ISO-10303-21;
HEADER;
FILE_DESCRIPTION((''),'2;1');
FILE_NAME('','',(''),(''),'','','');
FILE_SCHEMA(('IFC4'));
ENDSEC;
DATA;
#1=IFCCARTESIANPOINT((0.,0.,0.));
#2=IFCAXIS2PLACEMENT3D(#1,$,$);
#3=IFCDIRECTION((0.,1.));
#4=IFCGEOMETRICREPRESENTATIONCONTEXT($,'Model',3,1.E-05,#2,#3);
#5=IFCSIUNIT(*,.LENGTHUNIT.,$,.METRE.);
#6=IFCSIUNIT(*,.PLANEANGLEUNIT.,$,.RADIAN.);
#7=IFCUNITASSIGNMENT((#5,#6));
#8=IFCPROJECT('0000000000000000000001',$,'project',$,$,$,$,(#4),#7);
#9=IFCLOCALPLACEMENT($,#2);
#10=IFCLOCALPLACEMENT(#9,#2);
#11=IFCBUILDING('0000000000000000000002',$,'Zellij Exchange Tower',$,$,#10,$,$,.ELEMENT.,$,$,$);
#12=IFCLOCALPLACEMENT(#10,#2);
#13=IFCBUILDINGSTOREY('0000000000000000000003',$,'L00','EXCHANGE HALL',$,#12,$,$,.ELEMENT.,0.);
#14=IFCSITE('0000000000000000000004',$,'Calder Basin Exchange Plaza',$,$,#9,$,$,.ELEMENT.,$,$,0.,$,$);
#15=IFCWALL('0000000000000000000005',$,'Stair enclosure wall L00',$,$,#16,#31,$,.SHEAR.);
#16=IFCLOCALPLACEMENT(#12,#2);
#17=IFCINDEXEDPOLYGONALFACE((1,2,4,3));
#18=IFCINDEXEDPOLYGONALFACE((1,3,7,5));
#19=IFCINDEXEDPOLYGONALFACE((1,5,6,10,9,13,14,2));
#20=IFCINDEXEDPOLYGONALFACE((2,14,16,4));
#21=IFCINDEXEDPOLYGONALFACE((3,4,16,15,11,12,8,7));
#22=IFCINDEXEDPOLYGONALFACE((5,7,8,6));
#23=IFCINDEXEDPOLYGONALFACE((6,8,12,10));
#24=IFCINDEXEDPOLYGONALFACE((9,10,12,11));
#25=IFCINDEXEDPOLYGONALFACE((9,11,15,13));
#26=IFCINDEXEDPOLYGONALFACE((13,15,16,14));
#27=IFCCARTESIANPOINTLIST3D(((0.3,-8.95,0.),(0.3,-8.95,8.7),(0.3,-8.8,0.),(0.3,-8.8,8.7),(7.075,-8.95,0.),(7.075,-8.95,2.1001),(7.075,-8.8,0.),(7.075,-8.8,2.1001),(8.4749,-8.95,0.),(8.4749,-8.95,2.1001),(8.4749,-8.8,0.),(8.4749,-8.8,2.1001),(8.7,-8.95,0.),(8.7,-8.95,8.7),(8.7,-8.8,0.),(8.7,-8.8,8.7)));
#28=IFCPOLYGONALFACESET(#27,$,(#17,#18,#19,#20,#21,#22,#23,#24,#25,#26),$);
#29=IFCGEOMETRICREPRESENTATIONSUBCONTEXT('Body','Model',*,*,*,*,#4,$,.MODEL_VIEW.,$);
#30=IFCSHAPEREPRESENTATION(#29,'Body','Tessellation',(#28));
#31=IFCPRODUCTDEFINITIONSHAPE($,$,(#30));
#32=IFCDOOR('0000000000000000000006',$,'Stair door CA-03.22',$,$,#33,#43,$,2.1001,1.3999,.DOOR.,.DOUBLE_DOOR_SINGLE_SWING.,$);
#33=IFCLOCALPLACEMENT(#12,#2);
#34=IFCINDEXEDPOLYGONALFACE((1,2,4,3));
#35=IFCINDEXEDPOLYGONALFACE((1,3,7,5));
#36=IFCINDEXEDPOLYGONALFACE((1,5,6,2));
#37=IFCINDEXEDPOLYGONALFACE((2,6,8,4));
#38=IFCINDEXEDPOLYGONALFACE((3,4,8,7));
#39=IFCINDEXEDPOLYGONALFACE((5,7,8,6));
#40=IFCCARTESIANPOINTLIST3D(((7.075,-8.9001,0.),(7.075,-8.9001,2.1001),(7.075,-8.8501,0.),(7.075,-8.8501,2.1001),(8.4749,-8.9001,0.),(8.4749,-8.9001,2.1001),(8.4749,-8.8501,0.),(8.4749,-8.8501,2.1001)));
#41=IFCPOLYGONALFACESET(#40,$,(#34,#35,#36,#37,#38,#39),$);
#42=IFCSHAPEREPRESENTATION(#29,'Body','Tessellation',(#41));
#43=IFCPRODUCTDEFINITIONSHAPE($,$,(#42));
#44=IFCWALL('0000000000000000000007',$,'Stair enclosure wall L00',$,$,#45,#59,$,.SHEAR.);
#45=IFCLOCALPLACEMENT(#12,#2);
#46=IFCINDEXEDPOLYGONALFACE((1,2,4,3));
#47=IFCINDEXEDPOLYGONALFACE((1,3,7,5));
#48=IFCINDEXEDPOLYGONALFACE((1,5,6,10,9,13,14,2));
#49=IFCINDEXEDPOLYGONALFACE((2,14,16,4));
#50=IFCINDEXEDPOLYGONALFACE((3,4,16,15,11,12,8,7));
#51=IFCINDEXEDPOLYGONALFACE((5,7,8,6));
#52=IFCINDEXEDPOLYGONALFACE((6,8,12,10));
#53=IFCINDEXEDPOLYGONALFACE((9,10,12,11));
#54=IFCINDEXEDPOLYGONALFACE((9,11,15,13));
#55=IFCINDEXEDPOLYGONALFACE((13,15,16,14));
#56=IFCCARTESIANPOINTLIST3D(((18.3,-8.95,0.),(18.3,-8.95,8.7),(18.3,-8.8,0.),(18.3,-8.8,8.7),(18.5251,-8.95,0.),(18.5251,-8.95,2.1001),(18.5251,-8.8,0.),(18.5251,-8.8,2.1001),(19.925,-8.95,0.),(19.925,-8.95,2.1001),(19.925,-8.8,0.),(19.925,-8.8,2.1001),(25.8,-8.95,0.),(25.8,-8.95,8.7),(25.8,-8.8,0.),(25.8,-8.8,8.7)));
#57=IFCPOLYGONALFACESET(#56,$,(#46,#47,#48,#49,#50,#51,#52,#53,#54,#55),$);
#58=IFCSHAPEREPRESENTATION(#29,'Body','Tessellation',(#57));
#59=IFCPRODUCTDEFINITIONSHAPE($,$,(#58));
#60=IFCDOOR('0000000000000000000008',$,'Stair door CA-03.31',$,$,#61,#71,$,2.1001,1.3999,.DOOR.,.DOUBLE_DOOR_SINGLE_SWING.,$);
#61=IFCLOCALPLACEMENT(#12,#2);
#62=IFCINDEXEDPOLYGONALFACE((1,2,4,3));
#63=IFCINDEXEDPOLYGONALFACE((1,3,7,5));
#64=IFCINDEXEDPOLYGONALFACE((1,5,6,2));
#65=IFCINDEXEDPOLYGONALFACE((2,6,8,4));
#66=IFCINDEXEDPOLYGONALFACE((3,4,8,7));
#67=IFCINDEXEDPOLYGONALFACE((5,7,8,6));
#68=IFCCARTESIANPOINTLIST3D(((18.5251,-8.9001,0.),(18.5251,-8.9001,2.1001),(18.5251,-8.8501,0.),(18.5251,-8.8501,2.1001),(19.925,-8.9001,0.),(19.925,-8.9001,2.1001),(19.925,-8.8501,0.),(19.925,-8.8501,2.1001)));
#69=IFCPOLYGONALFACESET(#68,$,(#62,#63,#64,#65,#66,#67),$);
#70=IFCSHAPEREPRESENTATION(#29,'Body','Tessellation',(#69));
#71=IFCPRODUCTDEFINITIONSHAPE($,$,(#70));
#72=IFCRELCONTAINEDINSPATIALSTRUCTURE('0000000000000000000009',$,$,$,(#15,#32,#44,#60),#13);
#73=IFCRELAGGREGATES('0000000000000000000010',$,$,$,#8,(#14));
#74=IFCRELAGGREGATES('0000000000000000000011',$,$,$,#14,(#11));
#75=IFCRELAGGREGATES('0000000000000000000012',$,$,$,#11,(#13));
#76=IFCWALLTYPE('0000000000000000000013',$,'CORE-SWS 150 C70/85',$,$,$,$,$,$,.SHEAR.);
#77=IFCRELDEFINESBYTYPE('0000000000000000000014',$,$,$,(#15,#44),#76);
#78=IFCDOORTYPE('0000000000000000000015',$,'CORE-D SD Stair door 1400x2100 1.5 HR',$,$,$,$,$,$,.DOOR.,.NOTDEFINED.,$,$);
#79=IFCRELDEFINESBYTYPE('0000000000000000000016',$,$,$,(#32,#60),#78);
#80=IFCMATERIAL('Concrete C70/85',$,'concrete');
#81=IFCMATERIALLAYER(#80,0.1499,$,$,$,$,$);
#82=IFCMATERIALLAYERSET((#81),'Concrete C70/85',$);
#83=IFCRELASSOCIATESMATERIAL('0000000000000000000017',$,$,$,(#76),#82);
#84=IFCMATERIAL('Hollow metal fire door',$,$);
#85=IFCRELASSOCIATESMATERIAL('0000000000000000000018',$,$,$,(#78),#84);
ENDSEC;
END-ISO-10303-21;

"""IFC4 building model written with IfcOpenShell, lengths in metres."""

from ifc_helpers import new_model, si_unit, direction, frame, frame_2d, origin, place, context, subcontext, project, spatial, rectangle, extrude, material, layer, layer_set, type_object, element, fill, save


model = new_model("IFC4")

# Units and contexts
model_context = context("Model", 3, precision=1e-05, world=origin(), true_north=direction((0.0, 1.0)))
body_context = subcontext(model_context, "Body", "Model", "MODEL_VIEW")
ifc_project = project(units=[si_unit("LENGTHUNIT", "METRE"), si_unit("PLANEANGLEUNIT", "RADIAN")], contexts=[model_context])

# Site, building, storey
site_placement = place(None, origin())
site = spatial("IfcSite", under=ifc_project, at=site_placement, Name="Calder Basin Exchange Plaza", CompositionType="ELEMENT", RefElevation=0.0)
building_placement = place(site_placement, origin())
building = spatial("IfcBuilding", under=site, at=building_placement, Name="Zellij Exchange Tower", CompositionType="ELEMENT")
storey_placement = place(building_placement, origin())
storey = spatial("IfcBuildingStorey", under=building, at=storey_placement, Name="L00", Description="EXCHANGE HALL", CompositionType="ELEMENT", Elevation=0.0)

# Shared definitions
ifc_material_1 = material(Name="Concrete C70/85", Category="concrete")

# Shared definitions
ifc_material_2 = material(Name="Hollow metal fire door")

# Walls, openings, doors
ifc_layer_1 = layer(ifc_material_1, 0.1499)
ifc_layer_set_1 = layer_set([ifc_layer_1], Name="Concrete C70/85")
wall_type_1 = type_object("IfcWallType", Name="CORE-SWS 150 C70/85", PredefinedType="SHEAR", material=ifc_layer_set_1)
wall_1_placement = place(storey_placement, frame((0.3, -8.875, 0.0), z_axis=(0.0, 0.0, 1.0), x_axis=(1.0, 0.0, 0.0)))
wall_1 = element("IfcWall", 1, at=wall_1_placement, inside=storey, type_object=wall_type_1, Name="Stair enclosure wall L00", PredefinedType="SHEAR", context=body_context, shape_type="SweptSolid", body=[
    extrude(rectangle(XDim=8.3999, YDim=0.1499, at=frame_2d((4.2, 0.0))), origin(), (0.0, 0.0, 1.0), 8.7),
])
opening_1_placement = place(wall_1_placement, frame((6.7749, 0.0, 0.0)))
opening_1 = element("IfcOpeningElement", 2, at=opening_1_placement, cuts=wall_1, PredefinedType="OPENING", context=body_context, shape_type="SweptSolid", body=[
    extrude(rectangle(XDim=1.3999, YDim=2.1001, at=frame_2d((0.7, 1.05))), frame((0.0, 0.0869, 0.0), z_axis=(0.0, -1.0, 0.0), x_axis=(1.0, 0.0, 0.0)), (0.0, 0.0, 1.0), 0.1738),
])
door_type_1 = type_object("IfcDoorType", Name="CORE-D SD Stair door 1400x2100 1.5 HR", OperationType="NOTDEFINED", PredefinedType="DOOR", material=ifc_material_2)
door_1_placement = place(opening_1_placement, origin())
door_1 = element("IfcDoor", 3, at=door_1_placement, inside=storey, type_object=door_type_1, Name="Stair door CA-03.22", OperationType="DOUBLE_DOOR_SINGLE_SWING", OverallHeight=2.1001, OverallWidth=1.3999, PredefinedType="DOOR", context=body_context, shape_type="SweptSolid", body=[
    extrude(rectangle(XDim=1.3999, YDim=2.1001, at=frame_2d((0.7, 1.05))), frame((0.0, 0.0249, 0.0), z_axis=(0.0, -1.0, 0.0), x_axis=(1.0, 0.0, 0.0)), (0.0, 0.0, 1.0), 0.05),
])
fill(opening_1, door_1)
wall_2_placement = place(storey_placement, frame((18.3, -8.875, 0.0), z_axis=(0.0, 0.0, 1.0), x_axis=(1.0, 0.0, 0.0)))
wall_2 = element("IfcWall", 4, at=wall_2_placement, inside=storey, type_object=wall_type_1, Name="Stair enclosure wall L00", PredefinedType="SHEAR", context=body_context, shape_type="SweptSolid", body=[
    extrude(rectangle(XDim=7.5, YDim=0.1499, at=frame_2d((3.75, 0.0))), origin(), (0.0, 0.0, 1.0), 8.7),
])
opening_2_placement = place(wall_2_placement, frame((0.2251, 0.0, 0.0)))
opening_2 = element("IfcOpeningElement", 5, at=opening_2_placement, cuts=wall_2, PredefinedType="OPENING", context=body_context, shape_type="SweptSolid", body=[
    extrude(rectangle(XDim=1.3999, YDim=2.1001, at=frame_2d((0.7, 1.05))), frame((0.0, 0.0869, 0.0), z_axis=(0.0, -1.0, 0.0), x_axis=(1.0, 0.0, 0.0)), (0.0, 0.0, 1.0), 0.1738),
])
door_2_placement = place(opening_2_placement, origin())
door_2 = element("IfcDoor", 6, at=door_2_placement, inside=storey, type_object=door_type_1, Name="Stair door CA-03.31", OperationType="DOUBLE_DOOR_SINGLE_SWING", OverallHeight=2.1001, OverallWidth=1.3999, PredefinedType="DOOR", context=body_context, shape_type="SweptSolid", body=[
    extrude(rectangle(XDim=1.3999, YDim=2.1001, at=frame_2d((0.7, 1.05))), frame((0.0, 0.0249, 0.0), z_axis=(0.0, -1.0, 0.0), x_axis=(1.0, 0.0, 0.0)), (0.0, 0.0, 1.0), 0.05),
])
fill(opening_2, door_2)

save(model, "model.ifc")
